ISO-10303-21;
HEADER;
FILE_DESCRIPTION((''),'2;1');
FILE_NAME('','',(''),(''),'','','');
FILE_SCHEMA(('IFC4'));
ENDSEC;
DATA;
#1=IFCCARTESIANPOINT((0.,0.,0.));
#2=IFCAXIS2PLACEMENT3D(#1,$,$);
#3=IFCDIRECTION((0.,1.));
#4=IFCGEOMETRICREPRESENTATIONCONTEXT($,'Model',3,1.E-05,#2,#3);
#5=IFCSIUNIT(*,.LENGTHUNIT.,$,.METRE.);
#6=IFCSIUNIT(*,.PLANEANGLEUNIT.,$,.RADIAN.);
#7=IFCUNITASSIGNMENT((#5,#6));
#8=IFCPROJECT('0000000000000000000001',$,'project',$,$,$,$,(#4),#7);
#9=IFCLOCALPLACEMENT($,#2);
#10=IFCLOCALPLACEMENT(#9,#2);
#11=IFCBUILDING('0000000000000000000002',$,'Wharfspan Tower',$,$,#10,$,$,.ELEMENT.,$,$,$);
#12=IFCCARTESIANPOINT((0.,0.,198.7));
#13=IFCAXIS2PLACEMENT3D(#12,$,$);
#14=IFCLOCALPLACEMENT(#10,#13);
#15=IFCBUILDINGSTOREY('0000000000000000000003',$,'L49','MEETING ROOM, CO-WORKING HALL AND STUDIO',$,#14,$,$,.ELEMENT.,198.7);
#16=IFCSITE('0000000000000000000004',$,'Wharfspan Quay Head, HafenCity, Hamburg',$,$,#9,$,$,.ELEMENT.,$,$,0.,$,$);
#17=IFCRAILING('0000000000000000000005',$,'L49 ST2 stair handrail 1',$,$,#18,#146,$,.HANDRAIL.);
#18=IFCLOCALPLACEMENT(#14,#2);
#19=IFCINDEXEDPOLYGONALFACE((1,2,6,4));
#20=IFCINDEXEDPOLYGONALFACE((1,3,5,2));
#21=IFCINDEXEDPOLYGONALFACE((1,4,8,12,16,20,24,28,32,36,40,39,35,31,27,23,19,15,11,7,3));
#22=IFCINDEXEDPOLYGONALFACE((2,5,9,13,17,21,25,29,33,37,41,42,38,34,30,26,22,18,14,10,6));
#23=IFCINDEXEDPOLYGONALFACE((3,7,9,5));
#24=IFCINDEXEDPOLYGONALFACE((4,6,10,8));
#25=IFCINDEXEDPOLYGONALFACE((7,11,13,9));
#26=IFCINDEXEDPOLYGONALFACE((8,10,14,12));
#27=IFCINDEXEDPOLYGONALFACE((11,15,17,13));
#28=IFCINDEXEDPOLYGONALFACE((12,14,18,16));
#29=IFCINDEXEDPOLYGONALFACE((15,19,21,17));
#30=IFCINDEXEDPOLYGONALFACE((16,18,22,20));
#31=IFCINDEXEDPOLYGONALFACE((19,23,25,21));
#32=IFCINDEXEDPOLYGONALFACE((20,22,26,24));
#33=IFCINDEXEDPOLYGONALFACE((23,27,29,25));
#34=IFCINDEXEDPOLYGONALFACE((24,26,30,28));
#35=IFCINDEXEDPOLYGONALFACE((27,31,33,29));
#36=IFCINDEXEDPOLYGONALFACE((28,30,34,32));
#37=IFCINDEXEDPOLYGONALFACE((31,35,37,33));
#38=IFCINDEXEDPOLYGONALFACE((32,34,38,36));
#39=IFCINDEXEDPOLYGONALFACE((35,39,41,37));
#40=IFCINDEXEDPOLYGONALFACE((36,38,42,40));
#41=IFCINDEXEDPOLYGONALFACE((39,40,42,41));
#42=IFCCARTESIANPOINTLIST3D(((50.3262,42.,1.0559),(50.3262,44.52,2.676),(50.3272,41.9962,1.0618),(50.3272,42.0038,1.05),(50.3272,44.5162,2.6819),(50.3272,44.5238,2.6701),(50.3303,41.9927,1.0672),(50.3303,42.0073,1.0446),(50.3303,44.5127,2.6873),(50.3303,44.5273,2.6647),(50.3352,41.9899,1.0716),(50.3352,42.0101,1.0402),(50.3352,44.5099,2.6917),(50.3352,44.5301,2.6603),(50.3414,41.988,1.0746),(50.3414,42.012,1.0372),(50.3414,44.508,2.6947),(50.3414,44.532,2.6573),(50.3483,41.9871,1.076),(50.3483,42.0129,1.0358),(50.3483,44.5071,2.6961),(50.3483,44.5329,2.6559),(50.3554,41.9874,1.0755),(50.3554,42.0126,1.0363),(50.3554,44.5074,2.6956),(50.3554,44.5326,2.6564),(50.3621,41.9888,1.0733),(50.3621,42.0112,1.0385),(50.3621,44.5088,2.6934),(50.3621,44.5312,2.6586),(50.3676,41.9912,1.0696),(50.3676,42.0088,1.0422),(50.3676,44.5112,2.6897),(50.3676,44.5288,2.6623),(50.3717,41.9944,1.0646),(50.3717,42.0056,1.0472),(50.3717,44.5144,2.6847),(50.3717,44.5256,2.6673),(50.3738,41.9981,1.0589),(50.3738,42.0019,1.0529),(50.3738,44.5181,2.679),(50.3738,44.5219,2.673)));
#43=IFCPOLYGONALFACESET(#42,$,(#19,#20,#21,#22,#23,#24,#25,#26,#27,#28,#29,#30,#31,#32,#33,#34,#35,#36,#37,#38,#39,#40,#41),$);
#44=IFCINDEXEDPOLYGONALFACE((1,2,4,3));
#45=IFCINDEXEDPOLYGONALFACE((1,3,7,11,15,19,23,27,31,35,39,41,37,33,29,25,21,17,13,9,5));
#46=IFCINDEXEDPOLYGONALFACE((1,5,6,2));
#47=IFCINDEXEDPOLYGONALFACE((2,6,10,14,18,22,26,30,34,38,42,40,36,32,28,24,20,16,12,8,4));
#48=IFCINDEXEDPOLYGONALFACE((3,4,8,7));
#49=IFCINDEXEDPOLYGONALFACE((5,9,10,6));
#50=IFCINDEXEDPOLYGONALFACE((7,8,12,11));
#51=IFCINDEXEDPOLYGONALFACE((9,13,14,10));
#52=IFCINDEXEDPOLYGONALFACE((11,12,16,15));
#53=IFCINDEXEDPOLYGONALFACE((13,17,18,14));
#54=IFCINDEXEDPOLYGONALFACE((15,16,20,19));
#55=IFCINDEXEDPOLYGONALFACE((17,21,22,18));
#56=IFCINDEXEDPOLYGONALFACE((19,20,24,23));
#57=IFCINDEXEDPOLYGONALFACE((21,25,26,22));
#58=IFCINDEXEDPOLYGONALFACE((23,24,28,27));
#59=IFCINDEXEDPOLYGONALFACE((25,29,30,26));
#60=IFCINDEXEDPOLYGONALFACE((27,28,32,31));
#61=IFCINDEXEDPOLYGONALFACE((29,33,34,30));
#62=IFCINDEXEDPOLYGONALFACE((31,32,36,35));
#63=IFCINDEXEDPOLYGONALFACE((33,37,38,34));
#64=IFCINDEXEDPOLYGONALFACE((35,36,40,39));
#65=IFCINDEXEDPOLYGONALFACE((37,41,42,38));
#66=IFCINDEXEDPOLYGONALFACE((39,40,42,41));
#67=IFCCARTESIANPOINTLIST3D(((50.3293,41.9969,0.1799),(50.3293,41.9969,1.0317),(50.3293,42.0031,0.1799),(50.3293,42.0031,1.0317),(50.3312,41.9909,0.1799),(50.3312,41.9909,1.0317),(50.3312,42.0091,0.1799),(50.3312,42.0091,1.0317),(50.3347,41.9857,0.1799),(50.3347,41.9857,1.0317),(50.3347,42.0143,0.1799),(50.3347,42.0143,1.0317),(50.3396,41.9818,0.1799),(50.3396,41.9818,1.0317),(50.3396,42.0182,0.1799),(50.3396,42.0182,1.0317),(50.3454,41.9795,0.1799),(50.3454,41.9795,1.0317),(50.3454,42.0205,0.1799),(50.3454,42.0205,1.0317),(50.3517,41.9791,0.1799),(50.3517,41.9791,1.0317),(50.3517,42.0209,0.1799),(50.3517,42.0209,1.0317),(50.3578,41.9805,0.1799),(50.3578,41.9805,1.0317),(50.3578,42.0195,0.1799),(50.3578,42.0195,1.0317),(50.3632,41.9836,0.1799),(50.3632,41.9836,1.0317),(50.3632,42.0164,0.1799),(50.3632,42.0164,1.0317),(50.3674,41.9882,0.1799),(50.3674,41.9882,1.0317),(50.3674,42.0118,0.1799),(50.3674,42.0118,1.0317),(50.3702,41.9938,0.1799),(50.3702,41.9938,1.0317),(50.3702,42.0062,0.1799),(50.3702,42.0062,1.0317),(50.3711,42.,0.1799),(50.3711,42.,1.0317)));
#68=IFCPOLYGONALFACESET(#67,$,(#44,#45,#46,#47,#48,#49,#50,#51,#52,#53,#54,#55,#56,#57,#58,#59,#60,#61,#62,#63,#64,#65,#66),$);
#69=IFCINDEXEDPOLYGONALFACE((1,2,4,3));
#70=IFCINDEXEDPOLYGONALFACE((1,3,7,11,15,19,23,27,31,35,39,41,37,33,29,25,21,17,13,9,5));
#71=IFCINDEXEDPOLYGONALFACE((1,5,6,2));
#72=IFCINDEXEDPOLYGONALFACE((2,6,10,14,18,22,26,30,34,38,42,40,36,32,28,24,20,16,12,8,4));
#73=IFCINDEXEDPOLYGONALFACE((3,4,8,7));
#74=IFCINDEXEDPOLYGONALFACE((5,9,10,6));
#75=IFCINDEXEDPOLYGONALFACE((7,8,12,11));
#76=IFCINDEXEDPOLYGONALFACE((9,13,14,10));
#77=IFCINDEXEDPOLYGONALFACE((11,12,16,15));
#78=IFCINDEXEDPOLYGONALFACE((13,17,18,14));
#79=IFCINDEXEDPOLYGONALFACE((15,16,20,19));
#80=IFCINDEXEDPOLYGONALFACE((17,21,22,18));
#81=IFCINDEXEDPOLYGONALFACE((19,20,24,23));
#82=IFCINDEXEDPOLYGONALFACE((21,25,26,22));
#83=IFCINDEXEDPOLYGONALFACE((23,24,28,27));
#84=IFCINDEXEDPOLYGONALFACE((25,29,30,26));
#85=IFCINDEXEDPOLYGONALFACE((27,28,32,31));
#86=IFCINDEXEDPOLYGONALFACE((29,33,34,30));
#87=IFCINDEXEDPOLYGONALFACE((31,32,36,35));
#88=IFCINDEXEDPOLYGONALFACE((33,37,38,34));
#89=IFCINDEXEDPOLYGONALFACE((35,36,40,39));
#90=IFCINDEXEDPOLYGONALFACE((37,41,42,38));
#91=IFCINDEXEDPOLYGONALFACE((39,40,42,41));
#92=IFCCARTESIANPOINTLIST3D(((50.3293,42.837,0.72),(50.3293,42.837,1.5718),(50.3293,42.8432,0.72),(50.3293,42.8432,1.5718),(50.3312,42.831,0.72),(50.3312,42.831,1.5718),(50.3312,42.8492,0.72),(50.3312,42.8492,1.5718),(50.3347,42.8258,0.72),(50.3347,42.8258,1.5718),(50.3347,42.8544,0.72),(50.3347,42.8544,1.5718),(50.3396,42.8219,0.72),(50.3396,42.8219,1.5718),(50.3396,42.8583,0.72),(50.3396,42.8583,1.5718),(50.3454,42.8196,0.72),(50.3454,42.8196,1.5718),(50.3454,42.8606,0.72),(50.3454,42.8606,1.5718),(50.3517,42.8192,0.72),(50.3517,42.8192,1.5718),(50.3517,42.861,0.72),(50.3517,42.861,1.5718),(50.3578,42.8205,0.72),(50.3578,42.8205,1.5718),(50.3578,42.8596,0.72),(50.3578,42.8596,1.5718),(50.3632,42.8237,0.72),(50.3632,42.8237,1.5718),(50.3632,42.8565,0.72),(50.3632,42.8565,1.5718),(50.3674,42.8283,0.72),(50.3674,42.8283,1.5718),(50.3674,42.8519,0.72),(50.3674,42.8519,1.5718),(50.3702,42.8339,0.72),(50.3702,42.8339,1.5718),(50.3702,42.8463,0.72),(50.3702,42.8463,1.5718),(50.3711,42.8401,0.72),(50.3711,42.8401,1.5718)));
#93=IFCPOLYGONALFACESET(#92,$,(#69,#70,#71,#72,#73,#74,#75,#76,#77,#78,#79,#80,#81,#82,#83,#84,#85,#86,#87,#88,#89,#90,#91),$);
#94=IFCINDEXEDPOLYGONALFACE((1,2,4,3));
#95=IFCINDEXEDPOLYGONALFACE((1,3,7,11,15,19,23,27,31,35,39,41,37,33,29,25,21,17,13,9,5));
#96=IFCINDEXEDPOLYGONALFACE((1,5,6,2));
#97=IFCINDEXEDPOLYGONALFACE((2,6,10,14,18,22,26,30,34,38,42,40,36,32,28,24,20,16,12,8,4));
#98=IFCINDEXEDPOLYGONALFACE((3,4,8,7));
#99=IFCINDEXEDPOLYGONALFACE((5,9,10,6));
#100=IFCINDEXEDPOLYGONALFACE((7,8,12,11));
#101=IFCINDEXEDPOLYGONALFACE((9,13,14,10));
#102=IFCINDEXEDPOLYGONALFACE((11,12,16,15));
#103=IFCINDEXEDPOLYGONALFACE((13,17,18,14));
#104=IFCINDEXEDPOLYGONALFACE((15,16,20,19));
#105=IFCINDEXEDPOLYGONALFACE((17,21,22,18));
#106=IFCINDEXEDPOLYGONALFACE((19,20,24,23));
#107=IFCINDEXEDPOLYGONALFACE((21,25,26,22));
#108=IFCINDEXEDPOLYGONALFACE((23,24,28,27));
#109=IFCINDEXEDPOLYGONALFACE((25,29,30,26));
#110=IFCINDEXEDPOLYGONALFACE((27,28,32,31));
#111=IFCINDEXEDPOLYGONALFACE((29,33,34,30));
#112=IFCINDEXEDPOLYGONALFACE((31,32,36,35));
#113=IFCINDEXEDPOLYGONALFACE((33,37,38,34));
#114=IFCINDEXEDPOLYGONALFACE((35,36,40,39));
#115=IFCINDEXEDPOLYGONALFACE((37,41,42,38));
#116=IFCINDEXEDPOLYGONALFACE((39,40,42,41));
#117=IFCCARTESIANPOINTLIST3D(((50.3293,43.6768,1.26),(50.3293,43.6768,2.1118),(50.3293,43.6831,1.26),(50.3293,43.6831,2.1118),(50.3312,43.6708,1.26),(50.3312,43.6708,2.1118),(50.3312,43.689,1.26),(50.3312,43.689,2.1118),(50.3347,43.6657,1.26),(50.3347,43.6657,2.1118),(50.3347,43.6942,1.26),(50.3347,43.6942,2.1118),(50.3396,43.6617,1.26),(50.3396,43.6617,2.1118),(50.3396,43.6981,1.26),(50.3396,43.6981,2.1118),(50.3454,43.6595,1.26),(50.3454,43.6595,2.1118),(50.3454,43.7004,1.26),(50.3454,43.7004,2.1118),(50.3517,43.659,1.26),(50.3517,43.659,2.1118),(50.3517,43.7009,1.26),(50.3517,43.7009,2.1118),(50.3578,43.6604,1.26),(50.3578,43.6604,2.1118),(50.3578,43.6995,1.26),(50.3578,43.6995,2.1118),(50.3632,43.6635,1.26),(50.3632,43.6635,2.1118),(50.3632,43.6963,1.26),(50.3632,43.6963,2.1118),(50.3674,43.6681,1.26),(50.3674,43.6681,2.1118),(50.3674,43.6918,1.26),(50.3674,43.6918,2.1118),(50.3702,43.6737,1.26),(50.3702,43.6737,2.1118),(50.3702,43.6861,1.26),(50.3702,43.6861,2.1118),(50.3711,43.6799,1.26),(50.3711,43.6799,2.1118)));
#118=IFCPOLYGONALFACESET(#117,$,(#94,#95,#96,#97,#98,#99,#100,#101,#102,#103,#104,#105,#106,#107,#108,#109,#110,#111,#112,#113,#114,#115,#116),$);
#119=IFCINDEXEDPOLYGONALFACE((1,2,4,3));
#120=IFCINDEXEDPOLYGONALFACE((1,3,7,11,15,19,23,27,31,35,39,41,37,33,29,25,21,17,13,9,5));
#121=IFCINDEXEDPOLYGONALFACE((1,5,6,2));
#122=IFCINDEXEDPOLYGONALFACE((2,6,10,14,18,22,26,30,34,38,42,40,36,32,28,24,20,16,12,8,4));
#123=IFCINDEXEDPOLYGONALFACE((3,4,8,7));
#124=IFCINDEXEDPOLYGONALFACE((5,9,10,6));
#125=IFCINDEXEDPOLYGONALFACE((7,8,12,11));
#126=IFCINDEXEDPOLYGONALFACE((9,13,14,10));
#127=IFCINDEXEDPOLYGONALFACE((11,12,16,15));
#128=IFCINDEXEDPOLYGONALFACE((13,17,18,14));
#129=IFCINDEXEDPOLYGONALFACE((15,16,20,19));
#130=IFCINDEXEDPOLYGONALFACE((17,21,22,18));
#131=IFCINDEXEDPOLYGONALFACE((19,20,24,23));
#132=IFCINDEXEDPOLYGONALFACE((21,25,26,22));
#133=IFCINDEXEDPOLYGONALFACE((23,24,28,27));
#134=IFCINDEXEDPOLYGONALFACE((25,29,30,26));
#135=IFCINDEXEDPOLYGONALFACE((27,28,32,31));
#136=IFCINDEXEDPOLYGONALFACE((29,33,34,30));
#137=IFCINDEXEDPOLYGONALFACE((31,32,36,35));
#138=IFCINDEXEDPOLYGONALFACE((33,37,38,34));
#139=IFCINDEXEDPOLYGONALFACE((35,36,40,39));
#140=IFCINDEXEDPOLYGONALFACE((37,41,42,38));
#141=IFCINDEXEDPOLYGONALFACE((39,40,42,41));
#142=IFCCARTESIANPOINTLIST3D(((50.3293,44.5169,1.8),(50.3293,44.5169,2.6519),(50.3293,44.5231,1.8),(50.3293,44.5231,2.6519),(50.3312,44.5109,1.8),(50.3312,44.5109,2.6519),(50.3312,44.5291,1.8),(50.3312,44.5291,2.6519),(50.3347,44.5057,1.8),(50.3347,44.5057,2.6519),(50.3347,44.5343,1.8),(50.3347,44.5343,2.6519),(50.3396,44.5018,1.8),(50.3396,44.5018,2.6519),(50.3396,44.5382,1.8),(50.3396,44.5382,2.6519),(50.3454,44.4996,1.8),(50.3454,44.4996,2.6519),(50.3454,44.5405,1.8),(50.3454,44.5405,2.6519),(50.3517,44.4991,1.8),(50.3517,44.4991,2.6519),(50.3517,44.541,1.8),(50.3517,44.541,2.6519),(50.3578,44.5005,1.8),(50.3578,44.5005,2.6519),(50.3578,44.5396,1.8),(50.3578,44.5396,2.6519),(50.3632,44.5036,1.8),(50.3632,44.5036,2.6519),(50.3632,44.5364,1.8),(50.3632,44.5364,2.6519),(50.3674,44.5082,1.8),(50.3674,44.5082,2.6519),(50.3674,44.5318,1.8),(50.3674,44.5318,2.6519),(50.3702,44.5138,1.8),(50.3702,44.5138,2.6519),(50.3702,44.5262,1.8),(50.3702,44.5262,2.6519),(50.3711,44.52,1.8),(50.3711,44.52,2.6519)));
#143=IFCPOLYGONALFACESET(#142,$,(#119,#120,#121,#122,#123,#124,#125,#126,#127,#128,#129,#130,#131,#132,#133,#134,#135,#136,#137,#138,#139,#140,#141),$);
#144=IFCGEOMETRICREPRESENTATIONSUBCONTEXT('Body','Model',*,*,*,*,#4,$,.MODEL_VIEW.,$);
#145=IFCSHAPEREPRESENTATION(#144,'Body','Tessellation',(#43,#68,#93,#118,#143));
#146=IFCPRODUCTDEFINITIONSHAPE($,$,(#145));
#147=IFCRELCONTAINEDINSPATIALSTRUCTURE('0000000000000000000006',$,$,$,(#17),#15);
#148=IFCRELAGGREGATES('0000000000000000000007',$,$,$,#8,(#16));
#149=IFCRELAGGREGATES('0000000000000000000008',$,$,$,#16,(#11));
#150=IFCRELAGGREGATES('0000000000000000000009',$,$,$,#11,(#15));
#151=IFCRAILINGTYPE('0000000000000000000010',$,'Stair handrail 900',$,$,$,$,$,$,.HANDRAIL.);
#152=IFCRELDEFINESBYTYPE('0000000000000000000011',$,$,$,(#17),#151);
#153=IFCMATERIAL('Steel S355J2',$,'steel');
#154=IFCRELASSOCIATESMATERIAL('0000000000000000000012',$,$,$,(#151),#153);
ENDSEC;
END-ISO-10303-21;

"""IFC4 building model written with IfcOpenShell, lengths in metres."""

from ifc_helpers import new_model, si_unit, direction, frame, origin, origin_2d, place, context, subcontext, project, spatial, circle, extrude, material, type_object, element, save


model = new_model("IFC4")

# Units and contexts
model_context = context("Model", 3, precision=1e-05, world=origin(), true_north=direction((0.0, 1.0)))
body_context = subcontext(model_context, "Body", "Model", "MODEL_VIEW")
ifc_project = project(units=[si_unit("LENGTHUNIT", "METRE"), si_unit("PLANEANGLEUNIT", "RADIAN")], contexts=[model_context])

# Site, building, storey
site_placement = place(None, origin())
site = spatial("IfcSite", under=ifc_project, at=site_placement, Name="Wharfspan Quay Head, HafenCity, Hamburg", CompositionType="ELEMENT", RefElevation=0.0)
building_placement = place(site_placement, origin())
building = spatial("IfcBuilding", under=site, at=building_placement, Name="Wharfspan Tower", CompositionType="ELEMENT")
storey_placement = place(building_placement, frame((0.0, 0.0, 198.7)))
storey = spatial("IfcBuildingStorey", under=building, at=storey_placement, Name="L49", Description="MEETING ROOM, CO-WORKING HALL AND STUDIO", CompositionType="ELEMENT", Elevation=198.7)

# Railing
ifc_material_1 = material(Name="Steel S355J2", Category="steel")
railing_type = type_object("IfcRailingType", Name="Stair handrail 900", PredefinedType="HANDRAIL", material=ifc_material_1)
railing_placement = place(storey_placement, frame((50.3501, 42.0, 0.1799)))
element("IfcRailing", 1, at=railing_placement, inside=storey, type_object=railing_type, Name="L49 ST2 stair handrail 1", PredefinedType="HANDRAIL", context=body_context, shape_type="SweptSolid", body=[
    extrude(circle(Radius=0.0239, at=origin_2d()), frame((0.0, 0.0, 0.876), z_axis=(0.0, 0.841163, 0.540782), x_axis=(-1.0, 0.0, 0.0)), (0.0, 0.0, 1.0), 2.9958),
    extrude(circle(Radius=0.021, at=origin_2d()), origin(), (0.0, 0.0, 1.0), 0.8518),
    extrude(circle(Radius=0.021, at=origin_2d()), frame((0.0, 0.8401, 0.54)), (0.0, 0.0, 1.0), 0.8518),
    extrude(circle(Radius=0.021, at=origin_2d()), frame((0.0, 1.6799, 1.0801)), (0.0, 0.0, 1.0), 0.8518),
    extrude(circle(Radius=0.021, at=origin_2d()), frame((0.0, 2.52, 1.6201)), (0.0, 0.0, 1.0), 0.8518),
])

save(model, "model.ifc")
